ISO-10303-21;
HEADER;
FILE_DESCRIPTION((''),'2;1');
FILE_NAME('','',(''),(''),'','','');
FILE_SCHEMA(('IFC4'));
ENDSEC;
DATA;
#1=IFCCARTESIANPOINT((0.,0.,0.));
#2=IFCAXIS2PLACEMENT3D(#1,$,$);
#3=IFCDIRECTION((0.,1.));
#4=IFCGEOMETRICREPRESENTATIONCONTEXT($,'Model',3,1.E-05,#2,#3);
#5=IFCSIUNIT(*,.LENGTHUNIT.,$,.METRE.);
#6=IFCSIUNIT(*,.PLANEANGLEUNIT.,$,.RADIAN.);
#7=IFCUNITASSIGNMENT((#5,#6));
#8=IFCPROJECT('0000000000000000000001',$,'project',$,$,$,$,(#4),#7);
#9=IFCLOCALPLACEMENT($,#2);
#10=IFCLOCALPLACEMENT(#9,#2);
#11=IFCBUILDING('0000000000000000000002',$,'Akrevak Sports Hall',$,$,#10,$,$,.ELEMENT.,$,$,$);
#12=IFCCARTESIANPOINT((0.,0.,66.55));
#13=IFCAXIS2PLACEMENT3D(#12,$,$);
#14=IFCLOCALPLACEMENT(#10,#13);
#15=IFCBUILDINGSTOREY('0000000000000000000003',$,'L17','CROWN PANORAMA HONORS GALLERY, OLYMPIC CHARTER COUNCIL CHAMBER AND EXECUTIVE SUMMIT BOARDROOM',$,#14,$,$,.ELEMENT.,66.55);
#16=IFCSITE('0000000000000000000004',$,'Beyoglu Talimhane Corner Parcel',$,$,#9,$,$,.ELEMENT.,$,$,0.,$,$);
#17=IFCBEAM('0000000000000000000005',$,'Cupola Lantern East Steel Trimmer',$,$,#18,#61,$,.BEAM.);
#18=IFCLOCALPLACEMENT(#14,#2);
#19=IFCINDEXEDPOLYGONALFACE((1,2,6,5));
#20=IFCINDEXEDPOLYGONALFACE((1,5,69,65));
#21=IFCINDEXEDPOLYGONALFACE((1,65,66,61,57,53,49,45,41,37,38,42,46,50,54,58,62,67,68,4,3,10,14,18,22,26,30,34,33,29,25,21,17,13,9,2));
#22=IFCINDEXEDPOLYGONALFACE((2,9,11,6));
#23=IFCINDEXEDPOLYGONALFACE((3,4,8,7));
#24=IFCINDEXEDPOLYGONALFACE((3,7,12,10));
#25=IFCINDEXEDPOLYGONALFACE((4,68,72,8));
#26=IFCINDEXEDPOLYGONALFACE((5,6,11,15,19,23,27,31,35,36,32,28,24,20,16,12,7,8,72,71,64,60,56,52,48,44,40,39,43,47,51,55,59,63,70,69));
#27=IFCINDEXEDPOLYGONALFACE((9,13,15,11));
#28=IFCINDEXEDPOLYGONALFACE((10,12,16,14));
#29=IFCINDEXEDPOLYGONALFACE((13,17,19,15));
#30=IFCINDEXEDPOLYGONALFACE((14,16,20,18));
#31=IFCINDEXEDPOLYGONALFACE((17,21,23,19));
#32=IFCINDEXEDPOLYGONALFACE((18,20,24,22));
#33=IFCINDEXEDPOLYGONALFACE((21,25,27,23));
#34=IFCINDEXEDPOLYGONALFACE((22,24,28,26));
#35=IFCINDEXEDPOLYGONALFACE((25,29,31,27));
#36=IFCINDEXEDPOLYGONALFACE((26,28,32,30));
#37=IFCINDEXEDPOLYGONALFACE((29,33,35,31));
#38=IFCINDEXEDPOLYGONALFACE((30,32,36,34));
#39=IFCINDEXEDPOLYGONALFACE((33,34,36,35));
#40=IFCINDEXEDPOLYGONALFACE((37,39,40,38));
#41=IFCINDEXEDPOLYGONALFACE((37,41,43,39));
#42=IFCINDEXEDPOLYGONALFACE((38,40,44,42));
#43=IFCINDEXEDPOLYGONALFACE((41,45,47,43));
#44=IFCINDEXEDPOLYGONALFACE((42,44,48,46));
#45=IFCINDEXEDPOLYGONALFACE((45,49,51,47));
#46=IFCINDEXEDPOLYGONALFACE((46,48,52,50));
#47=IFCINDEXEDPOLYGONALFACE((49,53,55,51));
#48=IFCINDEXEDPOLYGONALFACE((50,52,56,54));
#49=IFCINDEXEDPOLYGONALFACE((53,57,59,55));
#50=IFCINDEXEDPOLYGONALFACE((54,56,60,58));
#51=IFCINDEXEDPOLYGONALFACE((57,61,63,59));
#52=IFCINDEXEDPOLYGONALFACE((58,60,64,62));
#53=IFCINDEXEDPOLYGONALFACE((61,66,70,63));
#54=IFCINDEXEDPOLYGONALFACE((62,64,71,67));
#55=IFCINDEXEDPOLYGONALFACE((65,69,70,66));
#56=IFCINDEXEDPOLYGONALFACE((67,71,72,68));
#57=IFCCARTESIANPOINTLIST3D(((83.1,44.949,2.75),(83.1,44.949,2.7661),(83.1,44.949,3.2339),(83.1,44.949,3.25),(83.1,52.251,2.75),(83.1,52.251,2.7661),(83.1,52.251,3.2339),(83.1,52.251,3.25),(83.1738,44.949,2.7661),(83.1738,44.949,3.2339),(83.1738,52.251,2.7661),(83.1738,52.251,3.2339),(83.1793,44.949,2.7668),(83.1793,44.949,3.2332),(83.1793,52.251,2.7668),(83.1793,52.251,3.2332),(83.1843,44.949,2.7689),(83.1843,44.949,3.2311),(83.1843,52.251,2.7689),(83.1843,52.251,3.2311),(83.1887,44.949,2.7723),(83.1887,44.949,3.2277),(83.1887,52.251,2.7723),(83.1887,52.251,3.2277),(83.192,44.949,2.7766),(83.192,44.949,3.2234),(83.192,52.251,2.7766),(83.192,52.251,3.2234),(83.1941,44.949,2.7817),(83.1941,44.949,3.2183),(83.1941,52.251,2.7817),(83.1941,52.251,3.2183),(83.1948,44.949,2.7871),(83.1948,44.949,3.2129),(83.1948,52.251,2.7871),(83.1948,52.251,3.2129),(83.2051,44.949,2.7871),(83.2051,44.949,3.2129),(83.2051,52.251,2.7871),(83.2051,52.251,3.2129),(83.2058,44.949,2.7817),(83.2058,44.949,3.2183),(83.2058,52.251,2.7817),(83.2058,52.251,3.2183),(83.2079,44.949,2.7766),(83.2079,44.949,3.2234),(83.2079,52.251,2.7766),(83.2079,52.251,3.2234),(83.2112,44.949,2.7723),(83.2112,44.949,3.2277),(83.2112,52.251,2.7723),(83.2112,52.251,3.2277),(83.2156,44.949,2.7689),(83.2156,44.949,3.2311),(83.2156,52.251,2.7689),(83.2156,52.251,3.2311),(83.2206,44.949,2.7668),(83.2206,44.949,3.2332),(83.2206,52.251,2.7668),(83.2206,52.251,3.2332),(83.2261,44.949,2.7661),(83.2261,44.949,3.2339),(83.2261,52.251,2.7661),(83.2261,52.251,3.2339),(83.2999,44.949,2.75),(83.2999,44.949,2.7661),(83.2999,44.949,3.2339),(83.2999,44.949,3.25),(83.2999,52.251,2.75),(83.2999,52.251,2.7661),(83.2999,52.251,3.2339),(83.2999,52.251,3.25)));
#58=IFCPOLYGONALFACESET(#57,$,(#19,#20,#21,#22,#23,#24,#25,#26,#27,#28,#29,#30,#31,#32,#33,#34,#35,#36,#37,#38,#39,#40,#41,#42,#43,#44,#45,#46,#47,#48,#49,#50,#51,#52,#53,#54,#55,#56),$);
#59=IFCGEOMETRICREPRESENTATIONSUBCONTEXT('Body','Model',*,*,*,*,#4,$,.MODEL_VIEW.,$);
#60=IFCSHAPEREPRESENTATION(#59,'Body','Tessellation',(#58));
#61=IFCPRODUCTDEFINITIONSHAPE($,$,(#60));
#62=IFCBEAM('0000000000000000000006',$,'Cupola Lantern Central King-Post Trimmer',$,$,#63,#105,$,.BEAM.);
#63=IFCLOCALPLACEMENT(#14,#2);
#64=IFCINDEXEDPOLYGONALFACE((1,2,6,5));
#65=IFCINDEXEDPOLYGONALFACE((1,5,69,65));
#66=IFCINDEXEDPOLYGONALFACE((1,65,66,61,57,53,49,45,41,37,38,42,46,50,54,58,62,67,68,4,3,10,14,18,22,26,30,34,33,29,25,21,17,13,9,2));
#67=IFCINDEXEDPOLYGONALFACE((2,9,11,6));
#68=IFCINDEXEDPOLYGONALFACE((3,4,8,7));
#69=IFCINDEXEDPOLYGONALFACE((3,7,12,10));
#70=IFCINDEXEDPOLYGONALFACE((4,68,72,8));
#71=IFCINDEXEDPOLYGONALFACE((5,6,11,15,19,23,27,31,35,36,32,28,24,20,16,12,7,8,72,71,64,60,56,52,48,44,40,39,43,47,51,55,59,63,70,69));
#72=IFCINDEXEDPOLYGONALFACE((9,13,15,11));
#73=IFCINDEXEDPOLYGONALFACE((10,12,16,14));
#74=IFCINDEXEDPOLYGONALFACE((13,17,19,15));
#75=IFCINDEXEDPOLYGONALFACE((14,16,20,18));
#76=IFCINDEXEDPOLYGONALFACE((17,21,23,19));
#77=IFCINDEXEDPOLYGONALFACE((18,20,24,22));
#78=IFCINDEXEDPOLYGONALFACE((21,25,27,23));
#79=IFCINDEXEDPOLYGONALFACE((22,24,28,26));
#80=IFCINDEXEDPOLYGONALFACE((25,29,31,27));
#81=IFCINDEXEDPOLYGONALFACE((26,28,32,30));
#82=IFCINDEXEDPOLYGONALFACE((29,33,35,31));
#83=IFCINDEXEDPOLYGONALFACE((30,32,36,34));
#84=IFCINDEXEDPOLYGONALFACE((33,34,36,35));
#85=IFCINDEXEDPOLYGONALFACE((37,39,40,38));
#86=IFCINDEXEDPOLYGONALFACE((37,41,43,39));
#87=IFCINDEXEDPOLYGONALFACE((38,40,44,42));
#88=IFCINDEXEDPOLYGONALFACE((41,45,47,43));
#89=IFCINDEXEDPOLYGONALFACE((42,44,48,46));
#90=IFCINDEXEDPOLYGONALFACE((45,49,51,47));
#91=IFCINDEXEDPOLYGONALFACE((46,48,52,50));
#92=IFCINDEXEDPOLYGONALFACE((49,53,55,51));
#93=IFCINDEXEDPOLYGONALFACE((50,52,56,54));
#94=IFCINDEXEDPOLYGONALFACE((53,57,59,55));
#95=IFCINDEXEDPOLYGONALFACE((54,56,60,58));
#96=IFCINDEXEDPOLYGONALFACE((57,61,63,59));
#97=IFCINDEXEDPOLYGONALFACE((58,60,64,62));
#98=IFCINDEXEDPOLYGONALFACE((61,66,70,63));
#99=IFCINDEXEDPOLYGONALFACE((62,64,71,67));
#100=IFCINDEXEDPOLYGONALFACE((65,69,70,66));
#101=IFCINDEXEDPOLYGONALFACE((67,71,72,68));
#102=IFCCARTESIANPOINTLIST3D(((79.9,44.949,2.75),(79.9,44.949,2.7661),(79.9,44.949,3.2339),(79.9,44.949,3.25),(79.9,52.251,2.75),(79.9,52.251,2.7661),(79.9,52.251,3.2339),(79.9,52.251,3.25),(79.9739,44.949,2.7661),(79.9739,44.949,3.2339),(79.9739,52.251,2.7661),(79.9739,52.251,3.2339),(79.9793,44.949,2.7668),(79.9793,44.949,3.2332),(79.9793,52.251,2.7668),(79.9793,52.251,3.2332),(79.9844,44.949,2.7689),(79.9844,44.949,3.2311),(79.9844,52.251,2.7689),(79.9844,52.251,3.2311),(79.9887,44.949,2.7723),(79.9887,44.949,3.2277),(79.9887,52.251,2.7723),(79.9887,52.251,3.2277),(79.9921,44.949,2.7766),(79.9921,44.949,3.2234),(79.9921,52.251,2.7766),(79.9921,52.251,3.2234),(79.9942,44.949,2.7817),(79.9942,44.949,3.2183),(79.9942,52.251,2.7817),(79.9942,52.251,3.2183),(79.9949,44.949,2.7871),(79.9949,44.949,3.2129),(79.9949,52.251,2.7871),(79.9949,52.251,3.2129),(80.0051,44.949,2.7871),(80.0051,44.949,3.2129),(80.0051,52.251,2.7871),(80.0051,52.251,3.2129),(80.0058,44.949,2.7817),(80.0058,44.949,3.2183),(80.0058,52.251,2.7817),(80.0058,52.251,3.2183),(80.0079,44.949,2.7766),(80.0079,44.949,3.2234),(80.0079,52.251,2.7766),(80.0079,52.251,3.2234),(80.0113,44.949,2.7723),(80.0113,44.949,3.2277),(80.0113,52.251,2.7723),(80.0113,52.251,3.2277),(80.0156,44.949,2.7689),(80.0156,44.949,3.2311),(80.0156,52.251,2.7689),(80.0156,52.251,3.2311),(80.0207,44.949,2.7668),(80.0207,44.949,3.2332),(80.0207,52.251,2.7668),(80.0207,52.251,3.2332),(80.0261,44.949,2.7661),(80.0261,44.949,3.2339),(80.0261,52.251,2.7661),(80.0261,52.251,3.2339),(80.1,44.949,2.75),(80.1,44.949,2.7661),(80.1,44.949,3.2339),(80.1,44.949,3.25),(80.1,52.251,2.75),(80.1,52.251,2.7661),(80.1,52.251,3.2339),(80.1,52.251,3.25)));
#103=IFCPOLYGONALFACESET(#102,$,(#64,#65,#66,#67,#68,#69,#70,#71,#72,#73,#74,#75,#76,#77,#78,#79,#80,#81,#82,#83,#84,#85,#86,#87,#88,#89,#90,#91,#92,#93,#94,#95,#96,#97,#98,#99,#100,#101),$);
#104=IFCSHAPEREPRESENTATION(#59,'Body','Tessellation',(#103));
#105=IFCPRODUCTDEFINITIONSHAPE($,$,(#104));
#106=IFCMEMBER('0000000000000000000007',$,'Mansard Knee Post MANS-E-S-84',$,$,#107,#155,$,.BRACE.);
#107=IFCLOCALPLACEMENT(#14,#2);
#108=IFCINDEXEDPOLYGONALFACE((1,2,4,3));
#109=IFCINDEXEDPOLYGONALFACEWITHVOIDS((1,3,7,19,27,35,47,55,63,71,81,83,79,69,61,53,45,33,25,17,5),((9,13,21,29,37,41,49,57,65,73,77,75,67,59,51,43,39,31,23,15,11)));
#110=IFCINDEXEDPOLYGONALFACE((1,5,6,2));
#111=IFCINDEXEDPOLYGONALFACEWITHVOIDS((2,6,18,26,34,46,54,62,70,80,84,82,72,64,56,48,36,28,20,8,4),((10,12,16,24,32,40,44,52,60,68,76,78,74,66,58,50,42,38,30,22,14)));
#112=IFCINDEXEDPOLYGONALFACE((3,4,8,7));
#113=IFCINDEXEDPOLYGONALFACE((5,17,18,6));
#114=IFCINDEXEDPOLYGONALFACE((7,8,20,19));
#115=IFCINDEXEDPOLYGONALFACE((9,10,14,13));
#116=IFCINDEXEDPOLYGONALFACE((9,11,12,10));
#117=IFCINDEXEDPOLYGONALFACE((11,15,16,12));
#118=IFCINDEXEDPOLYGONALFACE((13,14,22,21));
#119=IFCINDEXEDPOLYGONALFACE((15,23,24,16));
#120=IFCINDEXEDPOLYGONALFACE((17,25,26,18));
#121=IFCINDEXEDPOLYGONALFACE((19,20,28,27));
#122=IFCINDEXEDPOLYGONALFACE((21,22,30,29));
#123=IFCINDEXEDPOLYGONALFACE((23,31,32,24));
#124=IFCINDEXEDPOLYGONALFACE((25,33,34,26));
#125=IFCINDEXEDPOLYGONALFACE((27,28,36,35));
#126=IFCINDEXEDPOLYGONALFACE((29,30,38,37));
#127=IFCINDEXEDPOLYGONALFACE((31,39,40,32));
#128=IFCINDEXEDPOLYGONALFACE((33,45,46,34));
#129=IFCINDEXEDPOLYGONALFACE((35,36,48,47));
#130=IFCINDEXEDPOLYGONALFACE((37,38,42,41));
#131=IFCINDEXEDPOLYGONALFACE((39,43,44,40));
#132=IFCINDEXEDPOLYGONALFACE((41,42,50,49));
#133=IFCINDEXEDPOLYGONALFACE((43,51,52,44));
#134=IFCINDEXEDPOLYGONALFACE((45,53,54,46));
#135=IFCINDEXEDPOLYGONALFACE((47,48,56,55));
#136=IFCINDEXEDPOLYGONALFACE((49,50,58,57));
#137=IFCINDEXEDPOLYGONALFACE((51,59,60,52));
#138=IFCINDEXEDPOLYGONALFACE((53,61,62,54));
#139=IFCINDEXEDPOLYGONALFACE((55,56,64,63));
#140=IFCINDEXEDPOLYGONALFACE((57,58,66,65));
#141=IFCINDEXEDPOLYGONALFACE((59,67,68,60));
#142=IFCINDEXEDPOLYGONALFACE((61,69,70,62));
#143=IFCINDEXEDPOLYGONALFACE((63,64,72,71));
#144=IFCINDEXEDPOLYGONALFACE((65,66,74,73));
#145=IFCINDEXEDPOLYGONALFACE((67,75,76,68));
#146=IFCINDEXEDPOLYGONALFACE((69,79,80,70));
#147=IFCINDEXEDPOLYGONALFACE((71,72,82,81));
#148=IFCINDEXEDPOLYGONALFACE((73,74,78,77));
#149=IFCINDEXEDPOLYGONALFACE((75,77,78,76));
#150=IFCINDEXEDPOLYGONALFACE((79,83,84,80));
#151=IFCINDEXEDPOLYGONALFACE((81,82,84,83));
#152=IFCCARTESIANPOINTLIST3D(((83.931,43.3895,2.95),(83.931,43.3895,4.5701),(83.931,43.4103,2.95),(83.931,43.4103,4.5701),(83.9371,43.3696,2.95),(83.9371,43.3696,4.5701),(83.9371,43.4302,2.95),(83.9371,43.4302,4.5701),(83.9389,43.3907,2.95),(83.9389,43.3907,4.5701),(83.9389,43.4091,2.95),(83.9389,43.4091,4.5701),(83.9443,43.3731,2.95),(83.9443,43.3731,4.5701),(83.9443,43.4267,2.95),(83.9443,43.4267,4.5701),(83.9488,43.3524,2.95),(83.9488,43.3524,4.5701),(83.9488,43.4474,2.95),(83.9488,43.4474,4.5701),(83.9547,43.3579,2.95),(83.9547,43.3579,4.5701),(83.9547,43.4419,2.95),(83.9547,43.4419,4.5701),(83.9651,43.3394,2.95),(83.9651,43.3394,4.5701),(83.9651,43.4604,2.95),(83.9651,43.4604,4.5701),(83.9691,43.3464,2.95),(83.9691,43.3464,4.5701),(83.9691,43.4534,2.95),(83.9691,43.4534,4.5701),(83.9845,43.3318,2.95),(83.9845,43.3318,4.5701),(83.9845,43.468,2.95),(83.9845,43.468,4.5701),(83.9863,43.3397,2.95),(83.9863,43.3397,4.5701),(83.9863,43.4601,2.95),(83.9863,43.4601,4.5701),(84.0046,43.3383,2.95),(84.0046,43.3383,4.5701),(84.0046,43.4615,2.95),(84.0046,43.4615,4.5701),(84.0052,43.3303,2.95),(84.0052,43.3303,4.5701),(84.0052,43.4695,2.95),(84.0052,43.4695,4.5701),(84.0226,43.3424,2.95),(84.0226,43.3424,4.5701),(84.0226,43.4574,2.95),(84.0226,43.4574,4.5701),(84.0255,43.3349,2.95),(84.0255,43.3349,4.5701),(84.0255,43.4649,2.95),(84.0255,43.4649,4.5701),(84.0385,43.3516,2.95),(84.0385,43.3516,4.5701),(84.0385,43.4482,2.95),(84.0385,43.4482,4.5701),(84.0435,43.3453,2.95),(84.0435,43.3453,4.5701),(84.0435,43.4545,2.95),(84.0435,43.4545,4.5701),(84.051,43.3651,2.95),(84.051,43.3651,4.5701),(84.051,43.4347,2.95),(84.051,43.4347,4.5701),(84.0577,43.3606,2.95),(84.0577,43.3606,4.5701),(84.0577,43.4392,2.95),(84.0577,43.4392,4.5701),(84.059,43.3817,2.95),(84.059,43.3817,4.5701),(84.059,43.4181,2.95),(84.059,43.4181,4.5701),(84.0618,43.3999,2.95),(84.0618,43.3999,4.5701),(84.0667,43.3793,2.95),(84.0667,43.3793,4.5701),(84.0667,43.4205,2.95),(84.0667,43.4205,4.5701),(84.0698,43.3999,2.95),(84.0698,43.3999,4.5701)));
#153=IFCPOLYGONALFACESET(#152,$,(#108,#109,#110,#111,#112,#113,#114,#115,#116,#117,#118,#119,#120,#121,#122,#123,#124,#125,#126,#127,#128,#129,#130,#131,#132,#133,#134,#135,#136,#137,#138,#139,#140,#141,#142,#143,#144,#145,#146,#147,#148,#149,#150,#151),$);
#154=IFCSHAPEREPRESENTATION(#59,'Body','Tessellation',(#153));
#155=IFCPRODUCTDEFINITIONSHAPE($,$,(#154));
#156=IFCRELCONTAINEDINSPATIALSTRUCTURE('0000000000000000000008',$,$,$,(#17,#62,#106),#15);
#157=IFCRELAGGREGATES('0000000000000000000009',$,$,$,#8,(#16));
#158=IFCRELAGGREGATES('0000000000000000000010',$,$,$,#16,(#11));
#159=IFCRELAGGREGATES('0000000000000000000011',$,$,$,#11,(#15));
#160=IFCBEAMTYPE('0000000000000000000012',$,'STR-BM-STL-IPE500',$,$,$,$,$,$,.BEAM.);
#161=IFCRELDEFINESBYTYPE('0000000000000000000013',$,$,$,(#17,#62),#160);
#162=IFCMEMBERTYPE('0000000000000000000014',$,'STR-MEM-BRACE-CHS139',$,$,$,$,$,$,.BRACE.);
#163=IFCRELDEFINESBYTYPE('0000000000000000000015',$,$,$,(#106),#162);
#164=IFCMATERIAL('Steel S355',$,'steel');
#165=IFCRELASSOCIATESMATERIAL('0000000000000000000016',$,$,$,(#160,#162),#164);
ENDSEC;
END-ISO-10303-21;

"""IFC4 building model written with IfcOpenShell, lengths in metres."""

from ifc_helpers import new_model, si_unit, direction, frame, origin, origin_2d, place, context, subcontext, project, spatial, hollow_circle, i_section, extrude, material, material_profile, profile_set, type_object, element, save


model = new_model("IFC4")

# Units and contexts
model_context = context("Model", 3, precision=1e-05, world=origin(), true_north=direction((0.0, 1.0)))
body_context = subcontext(model_context, "Body", "Model", "MODEL_VIEW")
ifc_project = project(units=[si_unit("LENGTHUNIT", "METRE"), si_unit("PLANEANGLEUNIT", "RADIAN")], contexts=[model_context])

# Site, building, storey
site_placement = place(None, origin())
site = spatial("IfcSite", under=ifc_project, at=site_placement, Name="Beyoglu Talimhane Corner Parcel", CompositionType="ELEMENT", RefElevation=0.0)
building_placement = place(site_placement, origin())
building = spatial("IfcBuilding", under=site, at=building_placement, Name="Akrevak Sports Hall", CompositionType="ELEMENT")
storey_placement = place(building_placement, frame((0.0, 0.0, 66.55)))
storey = spatial("IfcBuildingStorey", under=building, at=storey_placement, Name="L17", Description="CROWN PANORAMA HONORS GALLERY, OLYMPIC CHARTER COUNCIL CHAMBER AND EXECUTIVE SUMMIT BOARDROOM", CompositionType="ELEMENT", Elevation=66.55)

# Beams
ifc_material_1 = material(Name="Steel S355", Category="steel")
ifc_material_profile_1 = material_profile(ifc_material_1, i_section(OverallWidth=0.2, OverallDepth=0.5, WebThickness=0.0103, FlangeThickness=0.0161, FilletRadius=0.021, at=origin_2d()), Name="IPE 500", Category="steel")
ifc_profile_set_1 = profile_set([ifc_material_profile_1], Name="Steel S355")
beam_type_1 = type_object("IfcBeamType", Name="STR-BM-STL-IPE500", PredefinedType="BEAM", material=ifc_profile_set_1)
for number, where, z_axis, x_axis, name in (
    (1, (83.2, 44.949, 3.0), (0.0, 1.0, 0.0), (-1.0, 0.0, 0.0), "Cupola Lantern East Steel Trimmer"),
    (2, (80.0, 44.949, 3.0), (0.0, 1.0, 0.0), (-1.0, 0.0, 0.0), "Cupola Lantern Central King-Post Trimmer"),
):
    element("IfcBeam", number, at=place(storey_placement, frame(where, z_axis=z_axis, x_axis=x_axis)), inside=storey, type_object=beam_type_1, Name=name, PredefinedType="BEAM", context=body_context, shape_type="SweptSolid", body=[
        extrude(i_section(OverallWidth=0.2, OverallDepth=0.5, WebThickness=0.0103, FlangeThickness=0.0161, FilletRadius=0.021, at=origin_2d()), origin(), (0.0, 0.0, 1.0), 7.302),
    ])

# Member
ifc_material_profile_2 = material_profile(ifc_material_1, hollow_circle(Radius=0.0698, WallThickness=0.0081, at=origin_2d()), Name="CHS 139.7x8", Category="steel")
ifc_profile_set_2 = profile_set([ifc_material_profile_2], Name="Steel S355")
member_type_1 = type_object("IfcMemberType", Name="STR-MEM-BRACE-CHS139", PredefinedType="BRACE", material=ifc_profile_set_2)
member_1_placement = place(storey_placement, frame((84.0, 43.3999, 2.95), z_axis=(0.0, 0.0, 1.0), x_axis=(1.0, 0.0, 0.0)))
element("IfcMember", 3, at=member_1_placement, inside=storey, type_object=member_type_1, Name="Mansard Knee Post MANS-E-S-84", PredefinedType="BRACE", context=body_context, shape_type="SweptSolid", body=[
    extrude(hollow_circle(Radius=0.0698, WallThickness=0.0081, at=origin_2d()), origin(), (0.0, 0.0, 1.0), 1.6201),
])

save(model, "model.ifc")
